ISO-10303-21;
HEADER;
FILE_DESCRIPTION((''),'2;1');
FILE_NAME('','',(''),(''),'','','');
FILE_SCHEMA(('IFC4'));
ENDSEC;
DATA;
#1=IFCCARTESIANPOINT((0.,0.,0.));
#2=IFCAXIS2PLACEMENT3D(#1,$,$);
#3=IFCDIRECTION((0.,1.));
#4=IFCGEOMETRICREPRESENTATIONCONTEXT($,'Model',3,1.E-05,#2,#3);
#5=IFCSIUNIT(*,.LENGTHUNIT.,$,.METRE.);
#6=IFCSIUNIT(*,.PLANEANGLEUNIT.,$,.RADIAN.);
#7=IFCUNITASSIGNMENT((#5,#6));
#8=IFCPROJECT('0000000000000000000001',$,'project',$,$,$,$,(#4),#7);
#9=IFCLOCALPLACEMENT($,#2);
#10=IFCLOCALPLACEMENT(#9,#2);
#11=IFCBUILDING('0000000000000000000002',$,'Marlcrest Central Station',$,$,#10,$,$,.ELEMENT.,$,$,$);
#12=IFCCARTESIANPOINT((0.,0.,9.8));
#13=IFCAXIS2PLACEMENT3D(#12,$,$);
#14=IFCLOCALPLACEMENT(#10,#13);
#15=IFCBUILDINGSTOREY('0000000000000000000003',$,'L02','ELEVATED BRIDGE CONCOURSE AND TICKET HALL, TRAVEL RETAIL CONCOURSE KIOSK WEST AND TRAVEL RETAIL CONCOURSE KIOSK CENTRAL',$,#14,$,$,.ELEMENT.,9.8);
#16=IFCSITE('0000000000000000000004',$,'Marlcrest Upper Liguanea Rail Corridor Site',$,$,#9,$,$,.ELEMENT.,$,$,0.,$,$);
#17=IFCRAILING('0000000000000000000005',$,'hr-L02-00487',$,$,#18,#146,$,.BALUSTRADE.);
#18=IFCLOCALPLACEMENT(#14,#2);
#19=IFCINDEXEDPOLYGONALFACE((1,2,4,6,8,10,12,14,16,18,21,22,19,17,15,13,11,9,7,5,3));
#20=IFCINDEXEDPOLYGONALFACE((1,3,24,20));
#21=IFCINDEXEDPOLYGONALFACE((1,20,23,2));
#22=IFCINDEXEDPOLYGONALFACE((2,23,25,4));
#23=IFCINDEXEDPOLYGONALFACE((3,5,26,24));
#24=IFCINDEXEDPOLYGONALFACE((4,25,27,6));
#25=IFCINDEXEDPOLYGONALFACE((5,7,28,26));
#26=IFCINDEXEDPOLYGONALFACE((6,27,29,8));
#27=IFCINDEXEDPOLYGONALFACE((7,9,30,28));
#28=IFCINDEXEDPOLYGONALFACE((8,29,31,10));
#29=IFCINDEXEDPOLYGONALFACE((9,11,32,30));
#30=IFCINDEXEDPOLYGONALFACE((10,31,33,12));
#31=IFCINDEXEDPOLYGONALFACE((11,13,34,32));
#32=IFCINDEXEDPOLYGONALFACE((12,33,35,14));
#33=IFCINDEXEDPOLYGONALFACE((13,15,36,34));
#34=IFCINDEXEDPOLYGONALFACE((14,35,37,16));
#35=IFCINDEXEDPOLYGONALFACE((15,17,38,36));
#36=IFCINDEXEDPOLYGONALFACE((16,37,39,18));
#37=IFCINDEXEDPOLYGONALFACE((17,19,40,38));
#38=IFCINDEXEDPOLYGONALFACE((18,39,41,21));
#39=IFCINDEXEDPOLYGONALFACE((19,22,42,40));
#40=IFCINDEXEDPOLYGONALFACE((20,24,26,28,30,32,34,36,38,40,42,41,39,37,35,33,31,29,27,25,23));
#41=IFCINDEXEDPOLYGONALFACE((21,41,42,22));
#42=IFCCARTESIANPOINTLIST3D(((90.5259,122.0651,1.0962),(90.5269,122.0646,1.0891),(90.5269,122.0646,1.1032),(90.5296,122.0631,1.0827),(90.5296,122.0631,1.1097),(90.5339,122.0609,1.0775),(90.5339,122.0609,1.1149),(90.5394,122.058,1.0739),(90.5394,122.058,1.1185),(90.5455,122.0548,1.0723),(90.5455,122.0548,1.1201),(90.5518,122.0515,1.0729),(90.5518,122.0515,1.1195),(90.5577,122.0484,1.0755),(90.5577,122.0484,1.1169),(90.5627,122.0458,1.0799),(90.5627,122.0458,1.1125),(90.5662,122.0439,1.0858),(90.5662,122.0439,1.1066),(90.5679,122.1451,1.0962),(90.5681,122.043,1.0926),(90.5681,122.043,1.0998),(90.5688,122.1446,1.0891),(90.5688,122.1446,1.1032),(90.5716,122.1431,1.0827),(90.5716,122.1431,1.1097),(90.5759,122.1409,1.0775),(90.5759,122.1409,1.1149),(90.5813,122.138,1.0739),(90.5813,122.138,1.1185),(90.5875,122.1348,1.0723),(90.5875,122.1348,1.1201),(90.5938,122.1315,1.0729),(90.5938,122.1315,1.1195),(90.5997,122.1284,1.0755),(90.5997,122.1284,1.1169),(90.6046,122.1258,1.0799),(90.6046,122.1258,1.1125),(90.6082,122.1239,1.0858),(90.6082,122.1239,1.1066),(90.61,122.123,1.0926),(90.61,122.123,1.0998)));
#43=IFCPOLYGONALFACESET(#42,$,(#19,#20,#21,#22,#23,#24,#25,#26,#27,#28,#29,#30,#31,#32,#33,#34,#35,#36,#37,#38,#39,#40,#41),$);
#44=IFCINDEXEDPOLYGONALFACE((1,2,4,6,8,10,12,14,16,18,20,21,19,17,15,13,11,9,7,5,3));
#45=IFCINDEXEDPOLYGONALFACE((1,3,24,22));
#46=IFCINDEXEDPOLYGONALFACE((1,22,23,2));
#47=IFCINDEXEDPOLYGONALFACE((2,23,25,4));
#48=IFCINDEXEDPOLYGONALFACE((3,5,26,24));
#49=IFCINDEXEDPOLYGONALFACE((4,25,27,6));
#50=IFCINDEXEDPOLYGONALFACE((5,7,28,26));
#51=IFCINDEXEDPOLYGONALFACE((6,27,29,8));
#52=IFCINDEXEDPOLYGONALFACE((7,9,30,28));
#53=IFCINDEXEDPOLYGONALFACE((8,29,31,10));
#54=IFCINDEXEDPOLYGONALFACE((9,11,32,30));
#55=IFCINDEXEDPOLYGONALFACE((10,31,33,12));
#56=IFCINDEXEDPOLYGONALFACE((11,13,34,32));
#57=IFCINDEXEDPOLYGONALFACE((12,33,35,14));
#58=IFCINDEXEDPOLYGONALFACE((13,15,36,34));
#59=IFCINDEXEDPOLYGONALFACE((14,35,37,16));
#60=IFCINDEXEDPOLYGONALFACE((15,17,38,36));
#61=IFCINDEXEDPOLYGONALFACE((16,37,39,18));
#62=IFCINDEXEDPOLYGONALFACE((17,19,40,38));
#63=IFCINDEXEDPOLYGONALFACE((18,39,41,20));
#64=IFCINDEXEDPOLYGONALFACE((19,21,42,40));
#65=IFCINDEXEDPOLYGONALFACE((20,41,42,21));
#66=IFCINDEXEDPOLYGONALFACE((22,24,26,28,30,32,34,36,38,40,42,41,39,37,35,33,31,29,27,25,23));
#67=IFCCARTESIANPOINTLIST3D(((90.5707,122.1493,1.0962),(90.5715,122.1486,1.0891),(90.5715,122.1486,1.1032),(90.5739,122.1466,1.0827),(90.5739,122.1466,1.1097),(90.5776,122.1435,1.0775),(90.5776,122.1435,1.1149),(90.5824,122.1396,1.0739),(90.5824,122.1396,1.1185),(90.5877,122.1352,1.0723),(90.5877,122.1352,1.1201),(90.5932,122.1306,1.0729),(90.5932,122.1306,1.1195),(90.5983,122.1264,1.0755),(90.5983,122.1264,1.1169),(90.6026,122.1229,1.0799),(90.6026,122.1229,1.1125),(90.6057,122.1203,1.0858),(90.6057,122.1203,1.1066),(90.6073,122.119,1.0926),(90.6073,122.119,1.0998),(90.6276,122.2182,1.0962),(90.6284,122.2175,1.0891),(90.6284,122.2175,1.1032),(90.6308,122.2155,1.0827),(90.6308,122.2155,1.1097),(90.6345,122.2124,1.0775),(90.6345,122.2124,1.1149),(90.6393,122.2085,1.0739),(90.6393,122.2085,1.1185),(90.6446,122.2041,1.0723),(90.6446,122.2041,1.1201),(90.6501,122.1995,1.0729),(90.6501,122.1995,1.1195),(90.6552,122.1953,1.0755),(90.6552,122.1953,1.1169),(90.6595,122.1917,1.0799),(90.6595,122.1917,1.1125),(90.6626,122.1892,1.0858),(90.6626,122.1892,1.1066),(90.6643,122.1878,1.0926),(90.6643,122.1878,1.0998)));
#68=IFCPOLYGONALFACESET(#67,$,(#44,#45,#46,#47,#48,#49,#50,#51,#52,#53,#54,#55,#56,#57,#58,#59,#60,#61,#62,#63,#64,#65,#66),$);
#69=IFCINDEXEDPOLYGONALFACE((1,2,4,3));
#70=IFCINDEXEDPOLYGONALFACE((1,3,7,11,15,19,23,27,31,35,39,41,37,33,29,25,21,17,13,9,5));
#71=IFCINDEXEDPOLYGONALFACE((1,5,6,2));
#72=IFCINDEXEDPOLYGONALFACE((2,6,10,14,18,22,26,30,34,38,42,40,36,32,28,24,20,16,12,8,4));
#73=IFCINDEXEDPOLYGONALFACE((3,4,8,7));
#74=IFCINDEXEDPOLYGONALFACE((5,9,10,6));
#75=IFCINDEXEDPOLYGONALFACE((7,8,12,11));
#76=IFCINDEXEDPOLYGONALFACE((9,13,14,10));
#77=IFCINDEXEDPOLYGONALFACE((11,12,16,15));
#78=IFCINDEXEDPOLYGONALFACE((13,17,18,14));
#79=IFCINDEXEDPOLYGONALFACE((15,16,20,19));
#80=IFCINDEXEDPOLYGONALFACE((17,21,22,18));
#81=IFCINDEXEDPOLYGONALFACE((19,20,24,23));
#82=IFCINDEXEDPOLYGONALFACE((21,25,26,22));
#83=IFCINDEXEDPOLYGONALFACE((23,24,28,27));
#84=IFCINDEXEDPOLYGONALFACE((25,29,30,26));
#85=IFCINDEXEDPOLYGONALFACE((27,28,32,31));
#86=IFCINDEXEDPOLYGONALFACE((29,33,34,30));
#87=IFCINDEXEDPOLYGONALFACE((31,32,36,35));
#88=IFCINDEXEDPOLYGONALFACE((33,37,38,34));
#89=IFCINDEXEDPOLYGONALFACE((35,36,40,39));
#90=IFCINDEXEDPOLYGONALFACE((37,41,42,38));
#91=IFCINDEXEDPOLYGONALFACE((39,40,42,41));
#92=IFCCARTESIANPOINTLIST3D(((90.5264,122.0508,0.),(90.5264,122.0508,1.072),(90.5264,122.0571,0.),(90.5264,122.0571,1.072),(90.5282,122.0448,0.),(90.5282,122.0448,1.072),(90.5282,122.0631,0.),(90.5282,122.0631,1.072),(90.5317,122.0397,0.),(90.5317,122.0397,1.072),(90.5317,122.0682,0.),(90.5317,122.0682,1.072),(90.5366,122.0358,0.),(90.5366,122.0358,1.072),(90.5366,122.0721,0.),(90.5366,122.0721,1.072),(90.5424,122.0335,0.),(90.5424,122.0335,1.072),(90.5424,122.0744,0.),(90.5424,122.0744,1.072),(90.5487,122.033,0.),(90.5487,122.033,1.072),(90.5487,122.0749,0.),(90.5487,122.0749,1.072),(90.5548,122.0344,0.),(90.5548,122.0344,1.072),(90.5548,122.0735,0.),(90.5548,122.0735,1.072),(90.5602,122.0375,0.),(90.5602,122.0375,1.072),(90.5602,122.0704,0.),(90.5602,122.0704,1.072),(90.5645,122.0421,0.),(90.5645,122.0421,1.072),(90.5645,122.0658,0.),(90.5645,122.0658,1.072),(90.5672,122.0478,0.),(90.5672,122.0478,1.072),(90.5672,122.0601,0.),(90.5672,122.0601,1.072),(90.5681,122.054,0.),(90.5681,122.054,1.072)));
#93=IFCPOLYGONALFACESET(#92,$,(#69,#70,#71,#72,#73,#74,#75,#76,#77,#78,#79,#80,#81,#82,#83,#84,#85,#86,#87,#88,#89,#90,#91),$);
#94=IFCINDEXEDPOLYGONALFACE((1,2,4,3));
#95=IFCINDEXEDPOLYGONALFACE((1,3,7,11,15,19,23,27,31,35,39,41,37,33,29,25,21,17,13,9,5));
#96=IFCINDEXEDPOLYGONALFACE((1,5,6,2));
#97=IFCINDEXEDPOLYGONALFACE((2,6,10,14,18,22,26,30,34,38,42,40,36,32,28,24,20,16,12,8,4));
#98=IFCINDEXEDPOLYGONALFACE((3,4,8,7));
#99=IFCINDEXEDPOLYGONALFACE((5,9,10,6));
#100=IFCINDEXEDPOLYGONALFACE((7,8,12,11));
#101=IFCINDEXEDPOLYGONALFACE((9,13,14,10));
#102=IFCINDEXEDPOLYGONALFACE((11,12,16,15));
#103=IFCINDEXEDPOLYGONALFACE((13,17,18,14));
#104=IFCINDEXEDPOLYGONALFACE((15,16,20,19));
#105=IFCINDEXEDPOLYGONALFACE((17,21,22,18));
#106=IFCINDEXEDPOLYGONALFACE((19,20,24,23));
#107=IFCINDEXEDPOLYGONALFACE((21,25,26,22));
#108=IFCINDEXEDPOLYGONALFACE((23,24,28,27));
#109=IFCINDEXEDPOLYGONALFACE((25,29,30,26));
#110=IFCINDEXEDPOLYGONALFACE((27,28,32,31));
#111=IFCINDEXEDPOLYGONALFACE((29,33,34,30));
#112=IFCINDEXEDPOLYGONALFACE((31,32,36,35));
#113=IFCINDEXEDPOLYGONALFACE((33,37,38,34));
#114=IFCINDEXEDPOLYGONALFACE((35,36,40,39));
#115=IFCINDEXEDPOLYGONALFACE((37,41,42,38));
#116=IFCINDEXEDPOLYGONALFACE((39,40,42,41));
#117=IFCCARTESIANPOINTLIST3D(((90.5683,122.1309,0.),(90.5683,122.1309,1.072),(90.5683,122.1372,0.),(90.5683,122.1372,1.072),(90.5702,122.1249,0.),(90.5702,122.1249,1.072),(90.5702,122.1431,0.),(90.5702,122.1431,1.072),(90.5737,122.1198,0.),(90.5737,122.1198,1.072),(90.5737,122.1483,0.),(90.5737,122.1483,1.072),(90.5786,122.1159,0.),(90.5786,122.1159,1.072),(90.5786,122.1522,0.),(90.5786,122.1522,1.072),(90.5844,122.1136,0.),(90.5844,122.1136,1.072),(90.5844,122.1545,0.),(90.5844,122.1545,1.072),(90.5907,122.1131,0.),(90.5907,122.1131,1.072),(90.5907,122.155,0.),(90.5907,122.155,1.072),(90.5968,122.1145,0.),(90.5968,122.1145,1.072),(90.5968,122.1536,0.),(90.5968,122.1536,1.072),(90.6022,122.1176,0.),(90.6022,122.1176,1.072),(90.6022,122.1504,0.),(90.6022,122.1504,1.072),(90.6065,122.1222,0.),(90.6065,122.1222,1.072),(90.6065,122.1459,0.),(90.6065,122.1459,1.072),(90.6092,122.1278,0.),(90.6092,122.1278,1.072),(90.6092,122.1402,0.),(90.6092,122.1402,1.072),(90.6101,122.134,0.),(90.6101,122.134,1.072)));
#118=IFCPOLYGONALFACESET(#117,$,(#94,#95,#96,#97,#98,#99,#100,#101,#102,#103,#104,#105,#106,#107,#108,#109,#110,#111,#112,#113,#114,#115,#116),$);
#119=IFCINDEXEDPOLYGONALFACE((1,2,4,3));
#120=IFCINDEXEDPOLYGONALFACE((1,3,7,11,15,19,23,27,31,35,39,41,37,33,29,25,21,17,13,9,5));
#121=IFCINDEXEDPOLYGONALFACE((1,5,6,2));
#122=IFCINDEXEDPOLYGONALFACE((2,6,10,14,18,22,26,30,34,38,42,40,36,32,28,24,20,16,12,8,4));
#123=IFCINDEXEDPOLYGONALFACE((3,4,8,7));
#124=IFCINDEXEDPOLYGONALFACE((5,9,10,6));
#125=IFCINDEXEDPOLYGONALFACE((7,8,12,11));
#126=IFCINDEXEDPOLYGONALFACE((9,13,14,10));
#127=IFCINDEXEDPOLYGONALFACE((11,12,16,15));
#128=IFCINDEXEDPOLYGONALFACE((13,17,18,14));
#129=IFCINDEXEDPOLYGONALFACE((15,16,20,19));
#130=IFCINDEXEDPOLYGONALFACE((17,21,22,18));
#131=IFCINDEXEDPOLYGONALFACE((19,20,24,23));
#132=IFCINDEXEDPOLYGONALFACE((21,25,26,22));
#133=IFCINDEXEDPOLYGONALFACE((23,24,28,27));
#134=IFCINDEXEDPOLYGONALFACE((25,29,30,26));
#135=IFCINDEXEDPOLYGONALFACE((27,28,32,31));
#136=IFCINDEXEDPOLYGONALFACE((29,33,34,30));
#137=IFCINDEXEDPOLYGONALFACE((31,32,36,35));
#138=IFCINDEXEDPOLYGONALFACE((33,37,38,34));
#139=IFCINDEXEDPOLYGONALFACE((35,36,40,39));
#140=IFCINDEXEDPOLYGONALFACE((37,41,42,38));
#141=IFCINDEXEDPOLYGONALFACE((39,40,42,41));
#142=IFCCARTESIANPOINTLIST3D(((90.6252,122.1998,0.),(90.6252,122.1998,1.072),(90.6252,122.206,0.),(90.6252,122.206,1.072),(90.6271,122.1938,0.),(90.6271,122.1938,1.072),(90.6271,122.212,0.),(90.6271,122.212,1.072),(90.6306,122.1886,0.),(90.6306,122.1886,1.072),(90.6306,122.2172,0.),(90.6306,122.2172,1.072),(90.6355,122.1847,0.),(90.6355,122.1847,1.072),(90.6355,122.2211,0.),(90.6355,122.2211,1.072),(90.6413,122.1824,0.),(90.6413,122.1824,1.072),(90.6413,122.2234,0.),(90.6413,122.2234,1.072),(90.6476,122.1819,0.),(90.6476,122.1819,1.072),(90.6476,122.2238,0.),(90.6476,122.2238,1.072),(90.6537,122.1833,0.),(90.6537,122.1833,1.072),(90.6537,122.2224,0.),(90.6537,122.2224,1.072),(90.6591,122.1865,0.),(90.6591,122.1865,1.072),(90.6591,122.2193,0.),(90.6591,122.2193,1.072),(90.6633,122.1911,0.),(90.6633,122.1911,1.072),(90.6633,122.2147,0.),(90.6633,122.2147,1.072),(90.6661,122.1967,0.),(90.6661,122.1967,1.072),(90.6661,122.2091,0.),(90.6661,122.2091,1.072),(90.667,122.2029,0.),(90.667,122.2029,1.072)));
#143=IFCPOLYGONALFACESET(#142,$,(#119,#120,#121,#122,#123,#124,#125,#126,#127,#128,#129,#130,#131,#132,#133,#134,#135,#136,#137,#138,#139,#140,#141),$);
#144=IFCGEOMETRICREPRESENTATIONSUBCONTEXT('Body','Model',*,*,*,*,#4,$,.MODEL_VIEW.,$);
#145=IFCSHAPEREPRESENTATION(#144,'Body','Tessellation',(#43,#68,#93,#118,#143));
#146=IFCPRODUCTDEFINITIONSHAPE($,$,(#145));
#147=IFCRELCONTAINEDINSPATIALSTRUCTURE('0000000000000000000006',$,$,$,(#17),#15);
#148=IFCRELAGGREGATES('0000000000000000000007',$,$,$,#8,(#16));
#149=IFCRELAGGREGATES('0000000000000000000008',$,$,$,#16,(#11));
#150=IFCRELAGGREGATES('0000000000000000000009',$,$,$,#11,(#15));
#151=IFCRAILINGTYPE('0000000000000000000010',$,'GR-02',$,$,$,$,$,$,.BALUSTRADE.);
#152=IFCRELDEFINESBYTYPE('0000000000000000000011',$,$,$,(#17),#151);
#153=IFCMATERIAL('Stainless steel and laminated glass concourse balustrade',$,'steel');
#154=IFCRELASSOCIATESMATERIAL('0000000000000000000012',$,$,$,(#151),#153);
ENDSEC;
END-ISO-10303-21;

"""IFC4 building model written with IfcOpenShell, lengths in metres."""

from ifc_helpers import new_model, si_unit, direction, frame, origin, origin_2d, place, context, subcontext, project, spatial, circle, extrude, material, type_object, element, save


model = new_model("IFC4")

# Units and contexts
model_context = context("Model", 3, precision=1e-05, world=origin(), true_north=direction((0.0, 1.0)))
body_context = subcontext(model_context, "Body", "Model", "MODEL_VIEW")
ifc_project = project(units=[si_unit("LENGTHUNIT", "METRE"), si_unit("PLANEANGLEUNIT", "RADIAN")], contexts=[model_context])

# Site, building, storey
site_placement = place(None, origin())
site = spatial("IfcSite", under=ifc_project, at=site_placement, Name="Marlcrest Upper Liguanea Rail Corridor Site", CompositionType="ELEMENT", RefElevation=0.0)
building_placement = place(site_placement, origin())
building = spatial("IfcBuilding", under=site, at=building_placement, Name="Marlcrest Central Station", CompositionType="ELEMENT")
storey_placement = place(building_placement, frame((0.0, 0.0, 9.8)))
storey = spatial("IfcBuildingStorey", under=building, at=storey_placement, Name="L02", Description="ELEVATED BRIDGE CONCOURSE AND TICKET HALL, TRAVEL RETAIL CONCOURSE KIOSK WEST AND TRAVEL RETAIL CONCOURSE KIOSK CENTRAL", CompositionType="ELEMENT", Elevation=9.8)

# Railing
ifc_material_1 = material(Name="Stainless steel and laminated glass concourse balustrade", Category="steel")
railing_type = type_object("IfcRailingType", Name="GR-02", PredefinedType="BALUSTRADE", material=ifc_material_1)
railing_1_placement = place(storey_placement, frame((90.5471, 122.054, 0.0)))
element("IfcRailing", 1, at=railing_1_placement, inside=storey, type_object=railing_type, Name="hr-L02-00487", PredefinedType="BALUSTRADE", context=body_context, shape_type="SweptSolid", body=[
    extrude(circle(Radius=0.0239, at=origin_2d()), frame((0.0, 0.0, 1.0962), z_axis=(0.464411, 0.88562, 0.0), x_axis=(-0.88562, 0.464411, 0.0)), (0.0, 0.0, 1.0), 0.0903),
    extrude(circle(Radius=0.0239, at=origin_2d()), frame((0.042, 0.0801, 1.0962), z_axis=(0.636952, 0.770903, 0.0), x_axis=(-0.770903, 0.636952, 0.0)), (0.0, 0.0, 1.0), 0.0894),
    extrude(circle(Radius=0.021, at=origin_2d()), origin(), (0.0, 0.0, 1.0), 1.072),
    extrude(circle(Radius=0.021, at=origin_2d()), frame((0.042, 0.0801, 0.0)), (0.0, 0.0, 1.0), 1.072),
    extrude(circle(Radius=0.021, at=origin_2d()), frame((0.0989, 0.1489, 0.0)), (0.0, 0.0, 1.0), 1.072),
])

save(model, "model.ifc")
